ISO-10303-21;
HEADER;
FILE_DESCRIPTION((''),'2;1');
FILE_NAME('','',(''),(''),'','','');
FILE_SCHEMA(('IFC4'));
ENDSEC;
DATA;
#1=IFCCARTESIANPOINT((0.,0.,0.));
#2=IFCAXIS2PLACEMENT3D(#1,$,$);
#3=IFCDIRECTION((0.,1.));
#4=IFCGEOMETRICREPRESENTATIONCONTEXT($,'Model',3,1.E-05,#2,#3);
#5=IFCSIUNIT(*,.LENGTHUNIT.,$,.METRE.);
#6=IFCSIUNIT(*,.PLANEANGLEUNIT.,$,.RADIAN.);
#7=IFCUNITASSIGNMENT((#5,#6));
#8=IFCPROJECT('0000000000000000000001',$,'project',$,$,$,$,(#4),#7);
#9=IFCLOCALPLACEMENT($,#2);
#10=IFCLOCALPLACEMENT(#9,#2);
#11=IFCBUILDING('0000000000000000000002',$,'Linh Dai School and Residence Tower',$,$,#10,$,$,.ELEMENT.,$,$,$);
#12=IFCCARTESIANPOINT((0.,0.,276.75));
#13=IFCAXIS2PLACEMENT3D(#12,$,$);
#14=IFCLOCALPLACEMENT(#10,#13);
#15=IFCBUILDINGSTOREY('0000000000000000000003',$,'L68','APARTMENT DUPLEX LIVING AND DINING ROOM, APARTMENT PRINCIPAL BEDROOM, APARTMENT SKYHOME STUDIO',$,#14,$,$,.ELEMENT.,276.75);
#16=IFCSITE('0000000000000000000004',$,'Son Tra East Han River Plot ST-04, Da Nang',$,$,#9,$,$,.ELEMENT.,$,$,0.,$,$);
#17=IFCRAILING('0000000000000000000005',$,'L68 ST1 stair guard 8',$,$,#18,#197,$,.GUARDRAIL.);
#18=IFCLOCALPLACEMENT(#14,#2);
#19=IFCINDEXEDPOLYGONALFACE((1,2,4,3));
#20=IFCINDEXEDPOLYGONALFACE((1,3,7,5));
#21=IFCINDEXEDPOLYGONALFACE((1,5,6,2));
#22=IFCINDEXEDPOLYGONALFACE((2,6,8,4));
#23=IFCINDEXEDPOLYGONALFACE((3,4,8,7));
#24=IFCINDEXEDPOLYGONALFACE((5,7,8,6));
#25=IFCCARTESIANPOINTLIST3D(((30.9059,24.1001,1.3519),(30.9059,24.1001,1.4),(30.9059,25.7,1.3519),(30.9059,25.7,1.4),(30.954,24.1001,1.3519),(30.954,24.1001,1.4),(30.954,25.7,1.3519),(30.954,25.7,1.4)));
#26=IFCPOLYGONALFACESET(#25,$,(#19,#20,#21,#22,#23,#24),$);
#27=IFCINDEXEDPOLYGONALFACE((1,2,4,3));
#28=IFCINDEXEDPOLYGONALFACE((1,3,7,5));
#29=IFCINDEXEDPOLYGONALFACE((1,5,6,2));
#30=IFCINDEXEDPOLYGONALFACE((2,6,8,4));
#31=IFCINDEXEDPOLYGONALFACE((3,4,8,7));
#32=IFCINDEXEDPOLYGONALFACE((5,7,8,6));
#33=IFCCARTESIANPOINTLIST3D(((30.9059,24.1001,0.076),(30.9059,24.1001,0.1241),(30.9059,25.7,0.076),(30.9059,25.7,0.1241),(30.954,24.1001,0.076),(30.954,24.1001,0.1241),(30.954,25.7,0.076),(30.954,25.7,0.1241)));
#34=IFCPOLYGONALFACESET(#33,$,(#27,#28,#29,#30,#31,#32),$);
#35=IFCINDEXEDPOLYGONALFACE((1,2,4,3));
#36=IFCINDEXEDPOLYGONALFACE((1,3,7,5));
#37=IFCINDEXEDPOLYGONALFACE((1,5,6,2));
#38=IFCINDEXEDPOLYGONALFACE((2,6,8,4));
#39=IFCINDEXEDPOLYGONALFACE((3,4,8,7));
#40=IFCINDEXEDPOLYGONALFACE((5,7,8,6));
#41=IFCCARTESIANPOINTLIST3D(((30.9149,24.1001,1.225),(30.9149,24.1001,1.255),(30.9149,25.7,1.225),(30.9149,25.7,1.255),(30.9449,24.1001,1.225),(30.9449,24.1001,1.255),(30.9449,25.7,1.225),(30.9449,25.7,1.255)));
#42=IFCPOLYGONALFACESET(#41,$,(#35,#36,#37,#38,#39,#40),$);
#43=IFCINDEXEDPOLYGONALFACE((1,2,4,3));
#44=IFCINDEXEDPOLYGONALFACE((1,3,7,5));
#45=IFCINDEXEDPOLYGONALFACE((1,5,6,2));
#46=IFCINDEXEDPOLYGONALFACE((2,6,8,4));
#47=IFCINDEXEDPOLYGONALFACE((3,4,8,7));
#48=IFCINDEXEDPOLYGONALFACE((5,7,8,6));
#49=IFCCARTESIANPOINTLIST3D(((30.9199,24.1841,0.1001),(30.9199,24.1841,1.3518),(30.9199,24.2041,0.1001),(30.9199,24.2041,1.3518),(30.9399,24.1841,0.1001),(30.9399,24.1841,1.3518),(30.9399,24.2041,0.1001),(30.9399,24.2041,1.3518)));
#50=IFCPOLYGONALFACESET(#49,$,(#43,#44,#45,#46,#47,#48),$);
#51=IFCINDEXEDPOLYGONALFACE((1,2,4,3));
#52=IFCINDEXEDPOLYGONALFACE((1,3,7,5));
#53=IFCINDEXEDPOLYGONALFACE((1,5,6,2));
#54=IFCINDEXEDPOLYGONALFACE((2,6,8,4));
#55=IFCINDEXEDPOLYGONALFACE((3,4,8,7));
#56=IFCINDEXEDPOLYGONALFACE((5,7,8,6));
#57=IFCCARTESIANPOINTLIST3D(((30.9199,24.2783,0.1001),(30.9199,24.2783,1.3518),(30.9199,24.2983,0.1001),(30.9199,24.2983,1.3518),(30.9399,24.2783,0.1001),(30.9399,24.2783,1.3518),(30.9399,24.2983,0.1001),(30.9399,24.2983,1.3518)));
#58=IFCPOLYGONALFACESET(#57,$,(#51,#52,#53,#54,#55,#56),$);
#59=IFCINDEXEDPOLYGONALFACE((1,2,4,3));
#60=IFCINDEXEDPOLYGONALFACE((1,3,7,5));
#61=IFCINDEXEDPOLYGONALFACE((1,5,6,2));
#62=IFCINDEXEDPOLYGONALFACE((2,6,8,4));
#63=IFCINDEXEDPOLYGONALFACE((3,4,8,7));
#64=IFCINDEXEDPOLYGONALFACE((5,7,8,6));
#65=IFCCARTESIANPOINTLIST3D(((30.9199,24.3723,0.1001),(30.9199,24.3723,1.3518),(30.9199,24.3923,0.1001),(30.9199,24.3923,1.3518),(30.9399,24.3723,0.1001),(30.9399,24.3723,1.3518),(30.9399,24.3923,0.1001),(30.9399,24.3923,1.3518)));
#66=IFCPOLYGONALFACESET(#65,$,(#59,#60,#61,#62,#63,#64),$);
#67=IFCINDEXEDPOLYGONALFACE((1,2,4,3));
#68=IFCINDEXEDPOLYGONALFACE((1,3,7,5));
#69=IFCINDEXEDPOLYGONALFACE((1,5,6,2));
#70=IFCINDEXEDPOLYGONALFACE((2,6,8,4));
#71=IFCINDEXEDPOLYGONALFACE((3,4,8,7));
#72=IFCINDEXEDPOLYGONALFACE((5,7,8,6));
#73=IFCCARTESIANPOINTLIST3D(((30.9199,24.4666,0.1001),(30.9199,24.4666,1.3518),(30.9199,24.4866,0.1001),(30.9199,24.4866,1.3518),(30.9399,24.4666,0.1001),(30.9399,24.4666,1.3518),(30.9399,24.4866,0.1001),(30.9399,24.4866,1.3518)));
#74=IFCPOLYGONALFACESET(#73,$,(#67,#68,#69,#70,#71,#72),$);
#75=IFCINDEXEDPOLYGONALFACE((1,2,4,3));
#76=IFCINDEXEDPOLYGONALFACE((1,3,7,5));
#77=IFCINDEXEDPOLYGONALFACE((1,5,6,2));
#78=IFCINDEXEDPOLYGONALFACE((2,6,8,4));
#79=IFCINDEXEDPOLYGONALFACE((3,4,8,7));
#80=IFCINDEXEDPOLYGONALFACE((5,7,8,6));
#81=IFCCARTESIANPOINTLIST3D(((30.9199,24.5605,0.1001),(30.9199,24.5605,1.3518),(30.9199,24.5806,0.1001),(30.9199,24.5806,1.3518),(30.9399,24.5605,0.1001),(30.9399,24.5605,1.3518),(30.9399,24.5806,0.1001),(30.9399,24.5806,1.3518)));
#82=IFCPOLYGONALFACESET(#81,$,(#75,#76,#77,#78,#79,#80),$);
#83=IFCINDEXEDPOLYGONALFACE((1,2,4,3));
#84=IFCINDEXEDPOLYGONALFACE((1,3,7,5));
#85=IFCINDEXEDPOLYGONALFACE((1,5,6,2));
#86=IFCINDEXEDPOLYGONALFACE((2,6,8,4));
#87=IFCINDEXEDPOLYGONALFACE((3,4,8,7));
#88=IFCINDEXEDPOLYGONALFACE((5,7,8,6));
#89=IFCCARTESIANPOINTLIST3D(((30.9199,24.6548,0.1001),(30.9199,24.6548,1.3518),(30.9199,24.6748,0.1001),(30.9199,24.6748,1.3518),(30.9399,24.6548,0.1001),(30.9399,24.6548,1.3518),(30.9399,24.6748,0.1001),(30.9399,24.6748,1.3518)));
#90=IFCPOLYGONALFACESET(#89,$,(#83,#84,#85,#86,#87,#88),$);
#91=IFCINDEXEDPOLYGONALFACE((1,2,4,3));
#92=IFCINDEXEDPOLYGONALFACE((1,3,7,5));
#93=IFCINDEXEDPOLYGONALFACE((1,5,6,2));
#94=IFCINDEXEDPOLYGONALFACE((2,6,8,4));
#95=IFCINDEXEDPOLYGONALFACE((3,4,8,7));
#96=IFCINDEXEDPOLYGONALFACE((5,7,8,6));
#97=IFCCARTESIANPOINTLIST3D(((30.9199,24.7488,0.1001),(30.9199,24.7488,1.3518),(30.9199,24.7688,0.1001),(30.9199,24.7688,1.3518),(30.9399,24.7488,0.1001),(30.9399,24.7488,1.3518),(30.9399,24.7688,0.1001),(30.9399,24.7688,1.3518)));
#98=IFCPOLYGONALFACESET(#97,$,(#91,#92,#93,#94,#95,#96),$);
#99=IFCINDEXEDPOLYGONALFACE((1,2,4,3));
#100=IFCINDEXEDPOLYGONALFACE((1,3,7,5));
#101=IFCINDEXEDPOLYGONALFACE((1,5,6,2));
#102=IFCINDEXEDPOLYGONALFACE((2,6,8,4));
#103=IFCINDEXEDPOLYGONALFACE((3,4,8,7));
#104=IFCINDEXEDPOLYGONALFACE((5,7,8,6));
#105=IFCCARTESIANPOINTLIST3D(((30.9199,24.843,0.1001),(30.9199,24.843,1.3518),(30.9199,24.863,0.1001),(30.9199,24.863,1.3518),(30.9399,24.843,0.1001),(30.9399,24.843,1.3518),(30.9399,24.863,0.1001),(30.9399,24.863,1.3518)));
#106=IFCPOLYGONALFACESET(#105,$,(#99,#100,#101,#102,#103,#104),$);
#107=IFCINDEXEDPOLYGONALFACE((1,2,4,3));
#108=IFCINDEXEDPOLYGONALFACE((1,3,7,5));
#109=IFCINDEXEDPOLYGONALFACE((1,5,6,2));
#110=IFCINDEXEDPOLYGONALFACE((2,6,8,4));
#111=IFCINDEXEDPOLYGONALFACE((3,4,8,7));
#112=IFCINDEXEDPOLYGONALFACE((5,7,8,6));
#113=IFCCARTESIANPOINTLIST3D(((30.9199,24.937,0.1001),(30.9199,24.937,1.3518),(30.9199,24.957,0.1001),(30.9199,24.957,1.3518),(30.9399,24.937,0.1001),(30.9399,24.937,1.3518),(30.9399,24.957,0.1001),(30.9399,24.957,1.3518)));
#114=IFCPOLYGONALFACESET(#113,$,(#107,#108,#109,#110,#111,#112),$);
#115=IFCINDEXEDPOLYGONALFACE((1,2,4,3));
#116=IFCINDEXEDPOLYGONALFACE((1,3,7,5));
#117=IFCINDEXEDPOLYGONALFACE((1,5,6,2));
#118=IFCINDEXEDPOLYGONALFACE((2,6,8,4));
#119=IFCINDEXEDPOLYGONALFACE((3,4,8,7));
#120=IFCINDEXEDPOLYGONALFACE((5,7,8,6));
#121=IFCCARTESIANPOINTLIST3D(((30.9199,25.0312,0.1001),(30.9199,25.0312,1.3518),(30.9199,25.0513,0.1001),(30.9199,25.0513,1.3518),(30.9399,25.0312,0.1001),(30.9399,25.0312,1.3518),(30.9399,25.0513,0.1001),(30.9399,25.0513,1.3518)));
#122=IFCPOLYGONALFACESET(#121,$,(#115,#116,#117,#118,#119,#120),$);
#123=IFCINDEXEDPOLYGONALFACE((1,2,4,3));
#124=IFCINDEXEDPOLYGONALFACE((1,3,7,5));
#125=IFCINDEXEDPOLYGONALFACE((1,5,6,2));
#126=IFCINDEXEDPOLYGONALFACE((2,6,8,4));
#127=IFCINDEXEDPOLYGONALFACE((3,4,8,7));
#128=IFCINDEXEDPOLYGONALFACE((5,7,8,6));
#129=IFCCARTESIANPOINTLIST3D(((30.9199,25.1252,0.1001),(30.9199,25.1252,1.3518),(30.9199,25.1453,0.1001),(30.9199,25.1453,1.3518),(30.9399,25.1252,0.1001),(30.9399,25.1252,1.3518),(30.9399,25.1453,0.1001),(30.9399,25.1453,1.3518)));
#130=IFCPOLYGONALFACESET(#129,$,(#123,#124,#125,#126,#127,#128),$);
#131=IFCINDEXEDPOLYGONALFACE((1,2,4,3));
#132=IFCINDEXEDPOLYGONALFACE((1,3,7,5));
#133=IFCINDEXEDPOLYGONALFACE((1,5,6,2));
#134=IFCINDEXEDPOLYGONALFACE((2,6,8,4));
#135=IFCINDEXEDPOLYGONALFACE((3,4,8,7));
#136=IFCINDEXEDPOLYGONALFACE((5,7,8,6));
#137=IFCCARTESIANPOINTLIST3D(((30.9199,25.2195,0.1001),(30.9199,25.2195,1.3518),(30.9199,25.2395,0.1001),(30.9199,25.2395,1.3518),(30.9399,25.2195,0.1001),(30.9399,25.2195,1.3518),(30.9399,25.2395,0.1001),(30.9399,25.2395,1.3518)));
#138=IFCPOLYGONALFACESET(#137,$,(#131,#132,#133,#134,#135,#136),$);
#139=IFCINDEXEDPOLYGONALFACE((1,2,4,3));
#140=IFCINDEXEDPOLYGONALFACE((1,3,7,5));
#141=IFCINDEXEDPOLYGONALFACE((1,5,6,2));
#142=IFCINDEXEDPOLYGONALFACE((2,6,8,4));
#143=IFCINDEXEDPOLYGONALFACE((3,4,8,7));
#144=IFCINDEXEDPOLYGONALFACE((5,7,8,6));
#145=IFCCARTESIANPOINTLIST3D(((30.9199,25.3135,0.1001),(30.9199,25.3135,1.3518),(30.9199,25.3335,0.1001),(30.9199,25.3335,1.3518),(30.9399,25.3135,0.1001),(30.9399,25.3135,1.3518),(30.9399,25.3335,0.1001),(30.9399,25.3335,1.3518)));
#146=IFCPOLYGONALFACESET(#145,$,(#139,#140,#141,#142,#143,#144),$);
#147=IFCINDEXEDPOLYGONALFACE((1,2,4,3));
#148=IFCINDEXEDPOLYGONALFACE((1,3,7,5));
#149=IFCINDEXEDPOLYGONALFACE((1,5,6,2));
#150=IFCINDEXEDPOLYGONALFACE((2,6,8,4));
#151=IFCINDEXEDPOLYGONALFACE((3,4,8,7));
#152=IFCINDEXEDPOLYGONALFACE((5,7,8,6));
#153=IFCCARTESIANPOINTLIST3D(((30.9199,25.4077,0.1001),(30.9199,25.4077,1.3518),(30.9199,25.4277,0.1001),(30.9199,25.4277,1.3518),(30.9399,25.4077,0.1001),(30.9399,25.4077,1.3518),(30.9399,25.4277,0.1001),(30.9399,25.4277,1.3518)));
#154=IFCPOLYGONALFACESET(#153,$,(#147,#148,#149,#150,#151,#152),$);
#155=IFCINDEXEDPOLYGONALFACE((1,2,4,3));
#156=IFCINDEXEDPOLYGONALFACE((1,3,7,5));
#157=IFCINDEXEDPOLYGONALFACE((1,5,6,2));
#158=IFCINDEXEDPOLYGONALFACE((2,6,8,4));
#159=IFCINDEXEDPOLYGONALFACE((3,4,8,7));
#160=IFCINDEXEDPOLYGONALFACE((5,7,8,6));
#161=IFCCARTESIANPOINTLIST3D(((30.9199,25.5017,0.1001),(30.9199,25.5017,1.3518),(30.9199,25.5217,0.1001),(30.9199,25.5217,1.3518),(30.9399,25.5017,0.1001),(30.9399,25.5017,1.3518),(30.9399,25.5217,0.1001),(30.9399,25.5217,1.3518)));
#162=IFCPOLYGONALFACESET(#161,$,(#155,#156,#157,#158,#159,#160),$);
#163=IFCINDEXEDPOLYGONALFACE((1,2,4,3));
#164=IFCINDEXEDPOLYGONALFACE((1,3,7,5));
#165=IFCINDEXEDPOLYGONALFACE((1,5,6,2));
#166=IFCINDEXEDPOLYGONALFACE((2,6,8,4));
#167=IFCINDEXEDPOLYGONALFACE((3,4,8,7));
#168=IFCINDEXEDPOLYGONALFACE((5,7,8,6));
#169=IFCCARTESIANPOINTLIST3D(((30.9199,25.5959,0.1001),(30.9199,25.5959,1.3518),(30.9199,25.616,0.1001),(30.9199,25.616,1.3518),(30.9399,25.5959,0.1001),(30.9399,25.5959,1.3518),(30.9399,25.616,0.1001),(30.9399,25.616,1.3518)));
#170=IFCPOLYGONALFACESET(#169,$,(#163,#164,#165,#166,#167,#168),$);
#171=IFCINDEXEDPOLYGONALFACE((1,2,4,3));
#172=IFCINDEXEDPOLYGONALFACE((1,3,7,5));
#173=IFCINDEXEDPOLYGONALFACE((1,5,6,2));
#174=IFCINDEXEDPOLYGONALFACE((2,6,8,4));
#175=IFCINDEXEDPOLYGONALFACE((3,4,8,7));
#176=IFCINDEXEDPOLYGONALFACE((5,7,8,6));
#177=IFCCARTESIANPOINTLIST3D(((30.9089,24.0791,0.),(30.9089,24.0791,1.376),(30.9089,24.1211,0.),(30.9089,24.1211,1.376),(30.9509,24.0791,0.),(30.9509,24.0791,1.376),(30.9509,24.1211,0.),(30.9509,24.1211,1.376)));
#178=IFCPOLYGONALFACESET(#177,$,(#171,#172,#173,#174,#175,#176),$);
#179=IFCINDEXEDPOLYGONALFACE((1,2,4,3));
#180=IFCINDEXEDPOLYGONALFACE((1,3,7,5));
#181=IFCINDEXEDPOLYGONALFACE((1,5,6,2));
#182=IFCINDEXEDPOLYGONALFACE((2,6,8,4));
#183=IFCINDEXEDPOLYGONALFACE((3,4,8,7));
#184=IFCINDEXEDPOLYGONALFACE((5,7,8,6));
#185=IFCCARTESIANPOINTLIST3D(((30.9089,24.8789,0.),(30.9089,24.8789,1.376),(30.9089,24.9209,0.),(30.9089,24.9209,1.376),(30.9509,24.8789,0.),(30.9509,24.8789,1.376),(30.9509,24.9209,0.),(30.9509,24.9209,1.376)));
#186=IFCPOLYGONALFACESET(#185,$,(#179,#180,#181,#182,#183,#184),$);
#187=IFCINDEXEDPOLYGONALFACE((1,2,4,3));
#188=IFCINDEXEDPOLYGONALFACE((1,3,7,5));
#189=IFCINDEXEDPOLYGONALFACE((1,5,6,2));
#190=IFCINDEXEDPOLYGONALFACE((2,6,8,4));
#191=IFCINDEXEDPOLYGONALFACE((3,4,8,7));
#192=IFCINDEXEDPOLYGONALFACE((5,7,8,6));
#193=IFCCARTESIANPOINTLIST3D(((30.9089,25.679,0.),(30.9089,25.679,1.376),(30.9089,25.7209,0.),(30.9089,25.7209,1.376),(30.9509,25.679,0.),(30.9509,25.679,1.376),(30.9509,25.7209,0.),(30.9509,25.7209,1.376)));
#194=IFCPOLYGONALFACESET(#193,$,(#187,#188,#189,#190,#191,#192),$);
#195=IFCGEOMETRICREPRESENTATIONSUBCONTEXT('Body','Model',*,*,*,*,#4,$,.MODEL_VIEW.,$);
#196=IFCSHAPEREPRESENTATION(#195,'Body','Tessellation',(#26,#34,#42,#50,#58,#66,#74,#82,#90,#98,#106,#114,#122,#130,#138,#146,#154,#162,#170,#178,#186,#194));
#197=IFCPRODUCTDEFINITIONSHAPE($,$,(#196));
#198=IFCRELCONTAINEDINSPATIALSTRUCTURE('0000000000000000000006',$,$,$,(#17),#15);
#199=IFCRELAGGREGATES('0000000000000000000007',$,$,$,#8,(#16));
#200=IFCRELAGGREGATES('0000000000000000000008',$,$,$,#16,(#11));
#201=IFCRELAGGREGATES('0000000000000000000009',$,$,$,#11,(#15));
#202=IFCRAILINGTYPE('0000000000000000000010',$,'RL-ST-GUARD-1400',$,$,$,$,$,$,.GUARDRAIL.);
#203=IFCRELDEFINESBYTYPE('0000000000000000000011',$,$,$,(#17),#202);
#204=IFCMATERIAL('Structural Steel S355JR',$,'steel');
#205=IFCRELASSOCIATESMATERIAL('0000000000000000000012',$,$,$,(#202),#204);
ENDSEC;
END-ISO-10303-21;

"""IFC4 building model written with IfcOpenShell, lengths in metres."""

from ifc_helpers import new_model, si_unit, direction, frame, origin, origin_2d, place, context, subcontext, project, spatial, rectangle, extrude, source, transform, mapped, material, type_object, element, save


model = new_model("IFC4")

# Units and contexts
model_context = context("Model", 3, precision=1e-05, world=origin(), true_north=direction((0.0, 1.0)))
body_context = subcontext(model_context, "Body", "Model", "MODEL_VIEW")
ifc_project = project(units=[si_unit("LENGTHUNIT", "METRE"), si_unit("PLANEANGLEUNIT", "RADIAN")], contexts=[model_context])

# Site, building, storey
site_placement = place(None, origin())
site = spatial("IfcSite", under=ifc_project, at=site_placement, Name="Son Tra East Han River Plot ST-04, Da Nang", CompositionType="ELEMENT", RefElevation=0.0)
building_placement = place(site_placement, origin())
building = spatial("IfcBuilding", under=site, at=building_placement, Name="Linh Dai School and Residence Tower", CompositionType="ELEMENT")
storey_placement = place(building_placement, frame((0.0, 0.0, 276.75)))
storey = spatial("IfcBuildingStorey", under=building, at=storey_placement, Name="L68", Description="APARTMENT DUPLEX LIVING AND DINING ROOM, APARTMENT PRINCIPAL BEDROOM, APARTMENT SKYHOME STUDIO", CompositionType="ELEMENT", Elevation=276.75)

# Shared definitions
ifc_material_1 = material(Name="Structural Steel S355JR", Category="steel")

# Railing
railing_type = type_object("IfcRailingType", Name="RL-ST-GUARD-1400", PredefinedType="GUARDRAIL", material=ifc_material_1)
shared_shape_1 = source(origin(), body_context, "Body", "SweptSolid", [
    extrude(rectangle(XDim=0.0481, YDim=0.0481, at=origin_2d()), frame((0.0, 0.0, 1.376), z_axis=(0.0, 1.0, 0.0), x_axis=(-1.0, 0.0, 0.0)), (0.0, 0.0, 1.0), 1.5999),
    extrude(rectangle(XDim=0.0481, YDim=0.0481, at=origin_2d()), frame((0.0, 0.0, 0.1001), z_axis=(0.0, 1.0, 0.0), x_axis=(-1.0, 0.0, 0.0)), (0.0, 0.0, 1.0), 1.5999),
    extrude(rectangle(XDim=0.03, YDim=0.03, at=origin_2d()), frame((0.0, 0.0, 1.24), z_axis=(0.0, 1.0, 0.0), x_axis=(-1.0, 0.0, 0.0)), (0.0, 0.0, 1.0), 1.5999),
    extrude(rectangle(XDim=0.02, YDim=0.02, at=origin_2d()), frame((0.0, 0.094, 0.1001)), (0.0, 0.0, 1.0), 1.2517),
    extrude(rectangle(XDim=0.02, YDim=0.02, at=origin_2d()), frame((0.0, 0.1882, 0.1001)), (0.0, 0.0, 1.0), 1.2517),
    extrude(rectangle(XDim=0.02, YDim=0.02, at=origin_2d()), frame((0.0, 0.2822, 0.1001)), (0.0, 0.0, 1.0), 1.2517),
    extrude(rectangle(XDim=0.02, YDim=0.02, at=origin_2d()), frame((0.0, 0.3765, 0.1001)), (0.0, 0.0, 1.0), 1.2517),
    extrude(rectangle(XDim=0.02, YDim=0.02, at=origin_2d()), frame((0.0, 0.4705, 0.1001)), (0.0, 0.0, 1.0), 1.2517),
    extrude(rectangle(XDim=0.02, YDim=0.02, at=origin_2d()), frame((0.0, 0.5647, 0.1001)), (0.0, 0.0, 1.0), 1.2517),
    extrude(rectangle(XDim=0.02, YDim=0.02, at=origin_2d()), frame((0.0, 0.6587, 0.1001)), (0.0, 0.0, 1.0), 1.2517),
    extrude(rectangle(XDim=0.02, YDim=0.02, at=origin_2d()), frame((0.0, 0.7529, 0.1001)), (0.0, 0.0, 1.0), 1.2517),
    extrude(rectangle(XDim=0.02, YDim=0.02, at=origin_2d()), frame((0.0, 0.8469, 0.1001)), (0.0, 0.0, 1.0), 1.2517),
    extrude(rectangle(XDim=0.02, YDim=0.02, at=origin_2d()), frame((0.0, 0.9412, 0.1001)), (0.0, 0.0, 1.0), 1.2517),
    extrude(rectangle(XDim=0.02, YDim=0.02, at=origin_2d()), frame((0.0, 1.0352, 0.1001)), (0.0, 0.0, 1.0), 1.2517),
    extrude(rectangle(XDim=0.02, YDim=0.02, at=origin_2d()), frame((0.0, 1.1294, 0.1001)), (0.0, 0.0, 1.0), 1.2517),
    extrude(rectangle(XDim=0.02, YDim=0.02, at=origin_2d()), frame((0.0, 1.2234, 0.1001)), (0.0, 0.0, 1.0), 1.2517),
    extrude(rectangle(XDim=0.02, YDim=0.02, at=origin_2d()), frame((0.0, 1.3176, 0.1001)), (0.0, 0.0, 1.0), 1.2517),
    extrude(rectangle(XDim=0.02, YDim=0.02, at=origin_2d()), frame((0.0, 1.4116, 0.1001)), (0.0, 0.0, 1.0), 1.2517),
    extrude(rectangle(XDim=0.02, YDim=0.02, at=origin_2d()), frame((0.0, 1.5059, 0.1001)), (0.0, 0.0, 1.0), 1.2517),
    extrude(rectangle(XDim=0.042, YDim=0.042, at=origin_2d()), origin(), (0.0, 0.0, 1.0), 1.376),
    extrude(rectangle(XDim=0.042, YDim=0.042, at=origin_2d()), frame((0.0, 0.7998, 0.0)), (0.0, 0.0, 1.0), 1.376),
    extrude(rectangle(XDim=0.042, YDim=0.042, at=origin_2d()), frame((0.0, 1.5999, 0.0)), (0.0, 0.0, 1.0), 1.376),
])
for number, where, name in (
    (1, (30.9299, 24.1001, 0.0), "L68 ST1 stair guard 8"),
):
    element("IfcRailing", number, at=place(storey_placement, frame(where)), inside=storey, type_object=railing_type, Name=name, PredefinedType="GUARDRAIL", context=body_context, shape_type="MappedRepresentation", body=[
        mapped(shared_shape_1, transform((0.0, 0.0, 0.0), x_axis=(1.0, 0.0, 0.0), y_axis=(0.0, 1.0, 0.0), z_axis=(0.0, 0.0, 1.0), scale=1.0)),
    ])

save(model, "model.ifc")
